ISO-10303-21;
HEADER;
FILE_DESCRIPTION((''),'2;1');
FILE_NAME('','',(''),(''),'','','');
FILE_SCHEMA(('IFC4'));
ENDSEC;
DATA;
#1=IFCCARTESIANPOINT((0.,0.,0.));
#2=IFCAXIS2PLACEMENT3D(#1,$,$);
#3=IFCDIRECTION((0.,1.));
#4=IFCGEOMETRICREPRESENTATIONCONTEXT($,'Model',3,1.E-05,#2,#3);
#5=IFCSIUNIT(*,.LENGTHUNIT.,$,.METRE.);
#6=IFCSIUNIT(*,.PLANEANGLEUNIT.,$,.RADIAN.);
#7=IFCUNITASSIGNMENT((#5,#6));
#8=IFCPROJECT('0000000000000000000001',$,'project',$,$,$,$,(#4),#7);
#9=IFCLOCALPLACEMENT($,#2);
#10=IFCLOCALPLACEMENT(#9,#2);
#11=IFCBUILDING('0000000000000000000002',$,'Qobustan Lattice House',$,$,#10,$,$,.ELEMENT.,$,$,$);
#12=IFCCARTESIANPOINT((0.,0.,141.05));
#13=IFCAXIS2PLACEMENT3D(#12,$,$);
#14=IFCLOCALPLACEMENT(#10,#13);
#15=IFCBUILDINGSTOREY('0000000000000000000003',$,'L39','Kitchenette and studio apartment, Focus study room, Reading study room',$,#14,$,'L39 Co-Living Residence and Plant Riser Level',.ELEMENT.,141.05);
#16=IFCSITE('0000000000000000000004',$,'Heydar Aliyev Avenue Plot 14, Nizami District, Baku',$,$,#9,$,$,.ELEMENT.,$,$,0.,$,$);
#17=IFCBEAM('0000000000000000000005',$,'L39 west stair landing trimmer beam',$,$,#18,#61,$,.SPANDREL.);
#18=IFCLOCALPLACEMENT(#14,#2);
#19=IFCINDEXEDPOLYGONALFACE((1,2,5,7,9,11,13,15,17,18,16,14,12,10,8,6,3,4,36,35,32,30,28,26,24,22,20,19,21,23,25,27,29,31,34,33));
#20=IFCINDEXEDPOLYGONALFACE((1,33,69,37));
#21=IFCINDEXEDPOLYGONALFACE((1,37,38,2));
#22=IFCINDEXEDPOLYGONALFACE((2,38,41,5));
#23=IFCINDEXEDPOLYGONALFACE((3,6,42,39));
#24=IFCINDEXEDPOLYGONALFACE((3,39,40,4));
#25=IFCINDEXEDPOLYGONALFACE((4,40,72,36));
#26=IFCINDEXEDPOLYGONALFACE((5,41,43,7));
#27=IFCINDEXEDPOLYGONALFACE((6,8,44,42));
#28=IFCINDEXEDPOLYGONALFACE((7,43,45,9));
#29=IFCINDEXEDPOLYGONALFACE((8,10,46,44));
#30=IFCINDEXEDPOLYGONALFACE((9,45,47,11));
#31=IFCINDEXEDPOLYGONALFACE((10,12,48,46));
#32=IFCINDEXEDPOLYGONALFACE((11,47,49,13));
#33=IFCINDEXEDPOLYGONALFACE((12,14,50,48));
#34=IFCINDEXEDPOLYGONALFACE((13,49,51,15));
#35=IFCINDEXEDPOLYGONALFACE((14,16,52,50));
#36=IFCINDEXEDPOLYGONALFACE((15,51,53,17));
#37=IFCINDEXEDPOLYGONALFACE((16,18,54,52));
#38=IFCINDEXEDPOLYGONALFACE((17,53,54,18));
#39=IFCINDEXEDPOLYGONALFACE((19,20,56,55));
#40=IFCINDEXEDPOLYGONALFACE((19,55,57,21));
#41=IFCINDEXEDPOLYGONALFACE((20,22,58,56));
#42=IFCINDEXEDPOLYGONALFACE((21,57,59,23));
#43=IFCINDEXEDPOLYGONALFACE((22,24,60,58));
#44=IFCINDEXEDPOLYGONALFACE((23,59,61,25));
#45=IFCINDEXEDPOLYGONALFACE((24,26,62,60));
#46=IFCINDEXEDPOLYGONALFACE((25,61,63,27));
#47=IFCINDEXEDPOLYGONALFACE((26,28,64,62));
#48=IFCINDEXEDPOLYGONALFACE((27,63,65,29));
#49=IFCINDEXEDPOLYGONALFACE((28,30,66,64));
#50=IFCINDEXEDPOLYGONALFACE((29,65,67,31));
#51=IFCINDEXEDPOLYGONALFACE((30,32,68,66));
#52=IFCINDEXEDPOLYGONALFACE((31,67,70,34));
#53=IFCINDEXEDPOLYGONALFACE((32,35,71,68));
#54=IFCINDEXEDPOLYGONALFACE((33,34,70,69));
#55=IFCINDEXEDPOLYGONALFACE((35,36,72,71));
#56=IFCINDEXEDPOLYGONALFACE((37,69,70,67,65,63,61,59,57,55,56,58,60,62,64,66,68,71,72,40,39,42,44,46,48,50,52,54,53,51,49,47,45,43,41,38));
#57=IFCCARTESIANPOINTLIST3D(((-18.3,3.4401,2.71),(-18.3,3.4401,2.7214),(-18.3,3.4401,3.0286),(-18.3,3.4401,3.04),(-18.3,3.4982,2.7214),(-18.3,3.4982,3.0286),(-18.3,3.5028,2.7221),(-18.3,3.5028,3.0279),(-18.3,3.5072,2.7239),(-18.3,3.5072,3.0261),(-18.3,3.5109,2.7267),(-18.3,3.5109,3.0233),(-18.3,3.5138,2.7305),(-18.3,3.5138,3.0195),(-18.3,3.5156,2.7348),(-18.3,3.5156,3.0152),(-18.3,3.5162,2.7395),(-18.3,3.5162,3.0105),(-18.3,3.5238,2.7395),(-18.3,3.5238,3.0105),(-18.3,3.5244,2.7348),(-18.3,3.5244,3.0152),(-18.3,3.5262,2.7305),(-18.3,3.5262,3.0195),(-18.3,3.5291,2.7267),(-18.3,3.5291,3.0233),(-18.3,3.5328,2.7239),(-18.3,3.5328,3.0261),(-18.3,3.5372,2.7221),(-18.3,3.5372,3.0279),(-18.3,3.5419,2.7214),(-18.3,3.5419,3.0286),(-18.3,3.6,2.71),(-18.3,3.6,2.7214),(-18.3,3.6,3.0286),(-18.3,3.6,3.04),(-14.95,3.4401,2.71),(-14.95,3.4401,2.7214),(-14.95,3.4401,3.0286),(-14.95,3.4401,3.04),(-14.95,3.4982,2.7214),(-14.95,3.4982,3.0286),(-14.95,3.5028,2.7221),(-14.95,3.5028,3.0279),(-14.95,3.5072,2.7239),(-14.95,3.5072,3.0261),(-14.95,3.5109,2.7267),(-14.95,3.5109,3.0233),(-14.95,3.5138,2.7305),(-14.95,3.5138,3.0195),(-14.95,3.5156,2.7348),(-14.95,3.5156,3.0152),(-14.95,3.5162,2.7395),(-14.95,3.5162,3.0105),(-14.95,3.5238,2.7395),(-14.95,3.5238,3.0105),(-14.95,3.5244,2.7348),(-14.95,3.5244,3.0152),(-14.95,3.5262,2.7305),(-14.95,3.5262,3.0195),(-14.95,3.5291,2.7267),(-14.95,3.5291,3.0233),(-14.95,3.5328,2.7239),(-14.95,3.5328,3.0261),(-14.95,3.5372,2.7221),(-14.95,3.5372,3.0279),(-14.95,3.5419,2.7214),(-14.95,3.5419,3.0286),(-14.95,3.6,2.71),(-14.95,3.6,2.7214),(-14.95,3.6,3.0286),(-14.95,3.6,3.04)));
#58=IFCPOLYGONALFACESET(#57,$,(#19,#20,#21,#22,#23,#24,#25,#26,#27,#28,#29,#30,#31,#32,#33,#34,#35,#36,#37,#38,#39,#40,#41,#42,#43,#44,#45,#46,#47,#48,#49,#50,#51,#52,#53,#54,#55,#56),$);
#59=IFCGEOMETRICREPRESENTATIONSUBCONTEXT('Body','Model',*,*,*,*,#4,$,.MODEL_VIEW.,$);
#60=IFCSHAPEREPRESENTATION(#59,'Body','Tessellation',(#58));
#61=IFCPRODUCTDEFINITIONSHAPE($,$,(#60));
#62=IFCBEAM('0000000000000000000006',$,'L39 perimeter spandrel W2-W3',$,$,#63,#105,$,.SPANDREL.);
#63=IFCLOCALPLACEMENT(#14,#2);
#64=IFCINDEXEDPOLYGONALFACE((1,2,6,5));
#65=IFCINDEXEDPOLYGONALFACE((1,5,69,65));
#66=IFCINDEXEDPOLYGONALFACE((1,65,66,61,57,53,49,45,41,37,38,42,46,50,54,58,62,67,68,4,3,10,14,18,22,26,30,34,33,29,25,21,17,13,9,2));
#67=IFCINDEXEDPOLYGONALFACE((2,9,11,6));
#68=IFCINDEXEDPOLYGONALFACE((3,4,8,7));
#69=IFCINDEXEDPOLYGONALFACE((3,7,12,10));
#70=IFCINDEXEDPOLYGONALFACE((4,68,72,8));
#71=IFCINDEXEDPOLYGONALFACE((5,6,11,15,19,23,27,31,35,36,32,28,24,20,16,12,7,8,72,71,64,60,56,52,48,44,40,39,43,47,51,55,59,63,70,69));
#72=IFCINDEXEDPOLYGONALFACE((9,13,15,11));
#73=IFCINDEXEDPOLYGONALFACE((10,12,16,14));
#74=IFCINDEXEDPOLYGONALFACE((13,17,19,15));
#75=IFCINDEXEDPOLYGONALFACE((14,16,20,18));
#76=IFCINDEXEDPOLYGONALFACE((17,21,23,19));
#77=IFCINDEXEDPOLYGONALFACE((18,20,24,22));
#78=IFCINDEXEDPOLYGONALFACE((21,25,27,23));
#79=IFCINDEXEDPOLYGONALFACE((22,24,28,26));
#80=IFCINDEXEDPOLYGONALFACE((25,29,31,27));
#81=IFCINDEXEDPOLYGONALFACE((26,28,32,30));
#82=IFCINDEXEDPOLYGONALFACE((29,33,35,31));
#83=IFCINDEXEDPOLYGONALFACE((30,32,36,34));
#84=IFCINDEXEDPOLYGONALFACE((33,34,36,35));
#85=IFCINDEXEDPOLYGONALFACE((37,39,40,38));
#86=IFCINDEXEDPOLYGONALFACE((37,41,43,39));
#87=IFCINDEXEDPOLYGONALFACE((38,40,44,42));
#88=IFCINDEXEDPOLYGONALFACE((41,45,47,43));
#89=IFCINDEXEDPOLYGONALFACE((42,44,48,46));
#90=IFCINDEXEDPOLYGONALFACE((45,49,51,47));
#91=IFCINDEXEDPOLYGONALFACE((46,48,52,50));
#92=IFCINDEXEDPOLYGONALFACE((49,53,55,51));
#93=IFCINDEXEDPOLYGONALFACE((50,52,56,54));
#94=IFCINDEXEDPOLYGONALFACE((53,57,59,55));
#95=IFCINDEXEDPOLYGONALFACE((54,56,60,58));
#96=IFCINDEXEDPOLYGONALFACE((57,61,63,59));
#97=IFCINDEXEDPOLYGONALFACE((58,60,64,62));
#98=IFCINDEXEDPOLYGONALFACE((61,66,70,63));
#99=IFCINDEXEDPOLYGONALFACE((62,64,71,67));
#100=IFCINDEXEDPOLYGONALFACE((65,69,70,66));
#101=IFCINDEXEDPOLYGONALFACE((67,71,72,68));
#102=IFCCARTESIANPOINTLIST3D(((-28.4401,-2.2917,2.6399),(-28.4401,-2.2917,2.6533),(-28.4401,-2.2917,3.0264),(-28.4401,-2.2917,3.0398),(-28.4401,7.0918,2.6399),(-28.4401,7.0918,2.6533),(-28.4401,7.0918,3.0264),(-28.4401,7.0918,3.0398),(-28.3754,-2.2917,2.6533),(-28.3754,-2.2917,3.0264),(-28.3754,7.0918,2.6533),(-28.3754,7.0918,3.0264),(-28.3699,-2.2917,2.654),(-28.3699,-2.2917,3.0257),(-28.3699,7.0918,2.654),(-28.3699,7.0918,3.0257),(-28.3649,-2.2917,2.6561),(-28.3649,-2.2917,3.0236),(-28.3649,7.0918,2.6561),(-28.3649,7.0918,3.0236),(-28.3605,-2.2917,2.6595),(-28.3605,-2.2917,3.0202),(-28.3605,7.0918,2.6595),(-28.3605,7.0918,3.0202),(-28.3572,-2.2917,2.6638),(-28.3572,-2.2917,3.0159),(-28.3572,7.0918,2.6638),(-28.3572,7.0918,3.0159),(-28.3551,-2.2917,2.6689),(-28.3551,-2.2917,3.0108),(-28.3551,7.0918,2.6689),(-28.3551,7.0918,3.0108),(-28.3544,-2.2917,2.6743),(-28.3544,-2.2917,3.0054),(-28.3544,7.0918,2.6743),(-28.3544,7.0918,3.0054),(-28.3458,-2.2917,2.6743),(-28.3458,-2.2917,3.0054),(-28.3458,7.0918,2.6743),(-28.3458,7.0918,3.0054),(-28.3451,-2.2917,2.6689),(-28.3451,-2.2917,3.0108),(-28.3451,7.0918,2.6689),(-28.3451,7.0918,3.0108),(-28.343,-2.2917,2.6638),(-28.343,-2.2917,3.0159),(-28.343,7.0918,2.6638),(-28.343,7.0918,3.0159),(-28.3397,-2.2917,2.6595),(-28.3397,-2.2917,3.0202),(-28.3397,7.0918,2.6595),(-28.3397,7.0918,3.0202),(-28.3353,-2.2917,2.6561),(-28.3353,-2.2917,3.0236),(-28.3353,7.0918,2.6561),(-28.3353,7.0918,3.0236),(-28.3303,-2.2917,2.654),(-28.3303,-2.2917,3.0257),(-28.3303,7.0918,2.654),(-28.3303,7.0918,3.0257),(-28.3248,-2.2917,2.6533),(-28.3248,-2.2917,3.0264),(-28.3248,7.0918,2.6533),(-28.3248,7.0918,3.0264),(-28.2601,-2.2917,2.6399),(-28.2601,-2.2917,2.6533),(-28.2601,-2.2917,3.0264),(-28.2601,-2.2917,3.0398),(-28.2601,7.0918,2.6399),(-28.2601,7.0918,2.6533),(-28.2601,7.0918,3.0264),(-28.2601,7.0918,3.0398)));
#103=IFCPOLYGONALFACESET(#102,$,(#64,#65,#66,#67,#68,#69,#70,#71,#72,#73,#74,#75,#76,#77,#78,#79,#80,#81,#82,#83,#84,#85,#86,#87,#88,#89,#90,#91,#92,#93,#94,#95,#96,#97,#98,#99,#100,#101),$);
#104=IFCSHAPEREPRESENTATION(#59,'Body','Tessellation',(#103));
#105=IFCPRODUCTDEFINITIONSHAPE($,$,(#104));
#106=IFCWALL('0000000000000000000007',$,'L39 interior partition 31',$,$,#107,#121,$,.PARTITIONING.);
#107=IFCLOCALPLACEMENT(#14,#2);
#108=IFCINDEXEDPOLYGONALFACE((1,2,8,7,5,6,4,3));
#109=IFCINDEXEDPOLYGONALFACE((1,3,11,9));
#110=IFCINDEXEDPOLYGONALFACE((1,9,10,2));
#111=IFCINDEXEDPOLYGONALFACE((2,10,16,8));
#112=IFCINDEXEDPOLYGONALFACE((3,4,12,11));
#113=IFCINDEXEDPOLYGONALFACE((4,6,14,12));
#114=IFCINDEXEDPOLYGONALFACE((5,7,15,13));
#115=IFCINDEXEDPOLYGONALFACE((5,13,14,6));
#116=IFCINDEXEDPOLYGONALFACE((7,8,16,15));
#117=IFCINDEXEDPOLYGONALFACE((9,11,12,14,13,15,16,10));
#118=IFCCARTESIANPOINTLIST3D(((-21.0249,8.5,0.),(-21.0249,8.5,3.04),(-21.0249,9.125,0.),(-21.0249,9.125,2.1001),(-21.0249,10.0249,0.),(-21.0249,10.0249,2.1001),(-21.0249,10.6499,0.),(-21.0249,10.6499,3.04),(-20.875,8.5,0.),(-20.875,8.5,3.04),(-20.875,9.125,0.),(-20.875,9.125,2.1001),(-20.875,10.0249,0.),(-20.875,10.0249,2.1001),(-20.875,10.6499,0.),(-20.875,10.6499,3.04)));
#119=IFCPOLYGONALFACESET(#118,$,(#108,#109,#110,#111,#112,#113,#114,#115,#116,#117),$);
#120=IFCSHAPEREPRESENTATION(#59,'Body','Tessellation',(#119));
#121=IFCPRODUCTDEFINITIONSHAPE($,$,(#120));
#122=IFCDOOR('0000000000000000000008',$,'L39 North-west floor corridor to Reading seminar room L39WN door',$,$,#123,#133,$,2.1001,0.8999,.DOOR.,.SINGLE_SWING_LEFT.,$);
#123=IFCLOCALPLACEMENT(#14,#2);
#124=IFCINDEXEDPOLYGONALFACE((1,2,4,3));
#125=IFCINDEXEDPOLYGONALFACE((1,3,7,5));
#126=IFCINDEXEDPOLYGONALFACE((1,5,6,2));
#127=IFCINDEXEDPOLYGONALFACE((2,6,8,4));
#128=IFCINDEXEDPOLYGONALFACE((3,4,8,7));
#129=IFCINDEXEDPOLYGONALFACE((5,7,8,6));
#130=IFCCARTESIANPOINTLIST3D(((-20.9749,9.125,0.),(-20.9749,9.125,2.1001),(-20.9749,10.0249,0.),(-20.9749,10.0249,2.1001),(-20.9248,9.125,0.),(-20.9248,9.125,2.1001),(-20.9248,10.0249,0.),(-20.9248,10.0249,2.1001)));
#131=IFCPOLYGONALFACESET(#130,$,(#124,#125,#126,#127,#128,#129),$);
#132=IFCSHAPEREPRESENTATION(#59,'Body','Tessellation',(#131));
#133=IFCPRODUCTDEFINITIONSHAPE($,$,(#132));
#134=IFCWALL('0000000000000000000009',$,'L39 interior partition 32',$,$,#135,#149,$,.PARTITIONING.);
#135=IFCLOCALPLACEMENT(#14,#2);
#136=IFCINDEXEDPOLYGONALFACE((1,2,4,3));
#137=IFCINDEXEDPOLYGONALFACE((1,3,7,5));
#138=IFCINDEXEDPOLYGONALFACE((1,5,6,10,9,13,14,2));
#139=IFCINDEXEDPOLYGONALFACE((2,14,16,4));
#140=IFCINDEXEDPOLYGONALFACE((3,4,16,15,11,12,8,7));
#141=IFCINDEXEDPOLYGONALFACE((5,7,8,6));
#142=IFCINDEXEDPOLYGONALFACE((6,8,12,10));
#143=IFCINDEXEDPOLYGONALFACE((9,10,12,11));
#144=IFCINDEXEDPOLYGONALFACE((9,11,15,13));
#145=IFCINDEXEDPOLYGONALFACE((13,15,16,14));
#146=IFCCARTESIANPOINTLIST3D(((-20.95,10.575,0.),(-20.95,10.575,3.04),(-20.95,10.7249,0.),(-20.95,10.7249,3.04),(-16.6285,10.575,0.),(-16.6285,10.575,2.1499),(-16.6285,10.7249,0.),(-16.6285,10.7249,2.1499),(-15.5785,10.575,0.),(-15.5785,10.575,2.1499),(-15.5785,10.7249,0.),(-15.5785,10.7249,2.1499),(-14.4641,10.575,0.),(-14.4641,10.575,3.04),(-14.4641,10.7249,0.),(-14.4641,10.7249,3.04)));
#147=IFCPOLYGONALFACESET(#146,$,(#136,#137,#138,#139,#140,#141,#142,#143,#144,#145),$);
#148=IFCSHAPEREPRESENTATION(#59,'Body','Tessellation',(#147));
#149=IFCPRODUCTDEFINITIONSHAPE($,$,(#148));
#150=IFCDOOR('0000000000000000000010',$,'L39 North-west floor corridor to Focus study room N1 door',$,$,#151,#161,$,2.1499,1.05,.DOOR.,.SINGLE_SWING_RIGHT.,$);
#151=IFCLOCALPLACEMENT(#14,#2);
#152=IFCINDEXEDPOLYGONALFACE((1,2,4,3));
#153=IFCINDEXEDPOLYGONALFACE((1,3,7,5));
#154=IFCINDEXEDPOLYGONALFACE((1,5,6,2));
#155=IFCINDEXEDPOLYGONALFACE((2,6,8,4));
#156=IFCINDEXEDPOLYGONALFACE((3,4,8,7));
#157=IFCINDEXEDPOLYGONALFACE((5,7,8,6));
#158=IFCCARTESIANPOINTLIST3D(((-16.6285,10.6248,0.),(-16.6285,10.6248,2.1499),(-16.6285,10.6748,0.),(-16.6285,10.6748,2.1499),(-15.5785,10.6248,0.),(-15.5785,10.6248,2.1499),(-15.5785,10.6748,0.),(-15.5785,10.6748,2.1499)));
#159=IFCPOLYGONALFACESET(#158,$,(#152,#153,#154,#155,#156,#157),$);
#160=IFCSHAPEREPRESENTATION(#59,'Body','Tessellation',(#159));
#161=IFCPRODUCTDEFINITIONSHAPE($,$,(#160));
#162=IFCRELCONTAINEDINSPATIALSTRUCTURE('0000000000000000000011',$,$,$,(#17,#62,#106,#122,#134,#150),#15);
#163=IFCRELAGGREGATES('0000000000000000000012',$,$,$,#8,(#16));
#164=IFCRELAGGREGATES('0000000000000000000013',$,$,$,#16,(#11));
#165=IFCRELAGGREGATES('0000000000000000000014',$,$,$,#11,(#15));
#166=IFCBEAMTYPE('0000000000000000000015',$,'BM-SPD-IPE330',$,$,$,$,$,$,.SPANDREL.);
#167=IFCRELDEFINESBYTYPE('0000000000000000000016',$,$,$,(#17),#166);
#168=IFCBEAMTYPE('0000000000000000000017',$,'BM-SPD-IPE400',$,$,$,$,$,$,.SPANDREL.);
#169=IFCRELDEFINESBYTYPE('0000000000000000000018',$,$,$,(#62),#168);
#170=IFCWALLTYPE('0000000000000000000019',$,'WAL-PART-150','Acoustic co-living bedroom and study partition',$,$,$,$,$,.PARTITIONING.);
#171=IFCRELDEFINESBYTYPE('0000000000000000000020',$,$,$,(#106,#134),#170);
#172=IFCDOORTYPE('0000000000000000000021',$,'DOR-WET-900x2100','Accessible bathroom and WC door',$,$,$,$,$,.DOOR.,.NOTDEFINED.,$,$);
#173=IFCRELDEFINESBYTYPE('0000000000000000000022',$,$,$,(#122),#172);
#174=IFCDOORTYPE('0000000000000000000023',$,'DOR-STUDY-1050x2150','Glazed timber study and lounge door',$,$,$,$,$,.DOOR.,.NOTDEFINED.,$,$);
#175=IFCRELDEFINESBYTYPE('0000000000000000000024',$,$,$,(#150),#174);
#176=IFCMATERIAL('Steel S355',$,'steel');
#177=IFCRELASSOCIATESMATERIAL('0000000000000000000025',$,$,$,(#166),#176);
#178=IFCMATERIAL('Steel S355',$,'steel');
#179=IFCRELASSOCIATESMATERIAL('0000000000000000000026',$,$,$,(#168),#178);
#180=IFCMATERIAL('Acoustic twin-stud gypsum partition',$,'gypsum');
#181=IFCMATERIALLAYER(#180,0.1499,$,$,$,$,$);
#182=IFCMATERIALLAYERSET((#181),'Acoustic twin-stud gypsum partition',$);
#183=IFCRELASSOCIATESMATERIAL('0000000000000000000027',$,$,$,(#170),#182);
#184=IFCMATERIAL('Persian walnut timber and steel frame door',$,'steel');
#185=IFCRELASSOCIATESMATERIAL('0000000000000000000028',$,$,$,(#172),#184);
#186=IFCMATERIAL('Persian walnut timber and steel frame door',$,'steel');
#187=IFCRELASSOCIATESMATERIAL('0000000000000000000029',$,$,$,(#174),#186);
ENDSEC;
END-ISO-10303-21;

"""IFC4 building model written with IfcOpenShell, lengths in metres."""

from ifc_helpers import new_model, si_unit, direction, frame, frame_2d, origin, origin_2d, place, context, subcontext, project, spatial, rectangle, i_section, extrude, material, layer, layer_set, material_profile, profile_set, type_object, element, fill, save


model = new_model("IFC4")

# Units and contexts
model_context = context("Model", 3, precision=1e-05, world=origin(), true_north=direction((0.0, 1.0)))
body_context = subcontext(model_context, "Body", "Model", "MODEL_VIEW")
ifc_project = project(units=[si_unit("LENGTHUNIT", "METRE"), si_unit("PLANEANGLEUNIT", "RADIAN")], contexts=[model_context])

# Site, building, storey
site_placement = place(None, origin())
site = spatial("IfcSite", under=ifc_project, at=site_placement, Name="Heydar Aliyev Avenue Plot 14, Nizami District, Baku", CompositionType="ELEMENT", RefElevation=0.0)
building_placement = place(site_placement, origin())
building = spatial("IfcBuilding", under=site, at=building_placement, Name="Qobustan Lattice House", CompositionType="ELEMENT")
storey_placement = place(building_placement, frame((0.0, 0.0, 141.05)))
storey = spatial("IfcBuildingStorey", under=building, at=storey_placement, Name="L39", Description="Kitchenette and studio apartment, Focus study room, Reading study room", LongName="L39 Co-Living Residence and Plant Riser Level", CompositionType="ELEMENT", Elevation=141.05)

# Beams
ifc_material_1 = material(Name="Steel S355", Category="steel")
ifc_material_profile_1 = material_profile(ifc_material_1, i_section(OverallWidth=0.1599, OverallDepth=0.3301, WebThickness=0.0076, FlangeThickness=0.0115, FilletRadius=0.0181, at=origin_2d()), Name="IPE330")
ifc_profile_set_1 = profile_set([ifc_material_profile_1], Name="Steel S355")
beam_type_1 = type_object("IfcBeamType", Name="BM-SPD-IPE330", PredefinedType="SPANDREL", material=ifc_profile_set_1)
beam_1_placement = place(storey_placement, frame((-18.3, 3.52, 2.875), z_axis=(1.0, 0.0, 0.0), x_axis=(0.0, 1.0, 0.0)))
element("IfcBeam", 1, at=beam_1_placement, inside=storey, type_object=beam_type_1, Name="L39 west stair landing trimmer beam", PredefinedType="SPANDREL", context=body_context, shape_type="SweptSolid", body=[
    extrude(i_section(OverallWidth=0.1599, OverallDepth=0.3301, WebThickness=0.0076, FlangeThickness=0.0115, FilletRadius=0.0181, at=origin_2d()), origin(), (0.0, 0.0, 1.0), 3.3501),
])
ifc_material_2 = material(Name="Steel S355", Category="steel")
ifc_material_profile_2 = material_profile(ifc_material_2, i_section(OverallWidth=0.1799, OverallDepth=0.3999, WebThickness=0.0085, FlangeThickness=0.0134, FilletRadius=0.021, at=origin_2d()), Name="IPE400")
ifc_profile_set_2 = profile_set([ifc_material_profile_2], Name="Steel S355")
beam_type_2 = type_object("IfcBeamType", Name="BM-SPD-IPE400", PredefinedType="SPANDREL", material=ifc_profile_set_2)
beam_2_placement = place(storey_placement, frame((-28.3501, 7.0918, 2.8398), z_axis=(0.0, -1.0, 0.0), x_axis=(1.0, 0.0, 0.0)))
element("IfcBeam", 2, at=beam_2_placement, inside=storey, type_object=beam_type_2, Name="L39 perimeter spandrel W2-W3", PredefinedType="SPANDREL", context=body_context, shape_type="SweptSolid", body=[
    extrude(i_section(OverallWidth=0.1799, OverallDepth=0.3999, WebThickness=0.0085, FlangeThickness=0.0134, FilletRadius=0.021, at=origin_2d()), origin(), (0.0, 0.0, 1.0), 9.3835),
])

# Walls, openings, doors
ifc_material_3 = material(Name="Acoustic twin-stud gypsum partition", Category="gypsum")
ifc_layer_1 = layer(ifc_material_3, 0.1499)
ifc_layer_set_1 = layer_set([ifc_layer_1], Name="Acoustic twin-stud gypsum partition")
wall_type_1 = type_object("IfcWallType", Name="WAL-PART-150", Description="Acoustic co-living bedroom and study partition", PredefinedType="PARTITIONING", material=ifc_layer_set_1)
wall_1_placement = place(storey_placement, frame((-20.95, 8.5, 0.0), z_axis=(0.0, 0.0, 1.0), x_axis=(0.0, 1.0, 0.0)))
wall_1 = element("IfcWall", 3, at=wall_1_placement, inside=storey, type_object=wall_type_1, Name="L39 interior partition 31", PredefinedType="PARTITIONING", context=body_context, shape_type="SweptSolid", body=[
    extrude(rectangle(XDim=2.1499, YDim=0.1499, at=frame_2d((1.075, 0.0))), origin(), (0.0, 0.0, 1.0), 3.04),
])
opening_1_placement = place(wall_1_placement, frame((0.625, 0.0, 0.0)))
opening_1 = element("IfcOpeningElement", 4, at=opening_1_placement, cuts=wall_1, PredefinedType="OPENING", context=body_context, shape_type="SweptSolid", body=[
    extrude(rectangle(XDim=0.8999, YDim=2.1001, at=frame_2d((0.45, 1.05))), frame((0.0, 0.085, 0.0), z_axis=(0.0, -1.0, 0.0), x_axis=(1.0, 0.0, 0.0)), (0.0, 0.0, 1.0), 0.1699),
])
ifc_material_4 = material(Name="Persian walnut timber and steel frame door", Category="steel")
door_type_1 = type_object("IfcDoorType", Name="DOR-WET-900x2100", Description="Accessible bathroom and WC door", OperationType="NOTDEFINED", PredefinedType="DOOR", material=ifc_material_4)
door_1_placement = place(opening_1_placement, origin())
door_1 = element("IfcDoor", 5, at=door_1_placement, inside=storey, type_object=door_type_1, Name="L39 North-west floor corridor to Reading seminar room L39WN door", OperationType="SINGLE_SWING_LEFT", OverallHeight=2.1001, OverallWidth=0.8999, PredefinedType="DOOR", context=body_context, shape_type="SweptSolid", body=[
    extrude(rectangle(XDim=0.8999, YDim=2.1001, at=frame_2d((0.45, 1.05))), frame((0.0, 0.0249, 0.0), z_axis=(0.0, -1.0, 0.0), x_axis=(1.0, 0.0, 0.0)), (0.0, 0.0, 1.0), 0.05),
])
fill(opening_1, door_1)
wall_2_placement = place(storey_placement, frame((-20.95, 10.6499, 0.0), z_axis=(0.0, 0.0, 1.0), x_axis=(1.0, 0.0, 0.0)))
wall_2 = element("IfcWall", 6, at=wall_2_placement, inside=storey, type_object=wall_type_1, Name="L39 interior partition 32", PredefinedType="PARTITIONING", context=body_context, shape_type="SweptSolid", body=[
    extrude(rectangle(XDim=6.4858, YDim=0.1499, at=frame_2d((3.2429, 0.0))), origin(), (0.0, 0.0, 1.0), 3.04),
])
opening_2_placement = place(wall_2_placement, frame((4.3215, 0.0, 0.0)))
opening_2 = element("IfcOpeningElement", 7, at=opening_2_placement, cuts=wall_2, PredefinedType="OPENING", context=body_context, shape_type="SweptSolid", body=[
    extrude(rectangle(XDim=1.05, YDim=2.1499, at=frame_2d((0.5249, 1.075))), frame((0.0, 0.085, 0.0), z_axis=(0.0, -1.0, 0.0), x_axis=(1.0, 0.0, 0.0)), (0.0, 0.0, 1.0), 0.1699),
])
ifc_material_5 = material(Name="Persian walnut timber and steel frame door", Category="steel")
door_type_2 = type_object("IfcDoorType", Name="DOR-STUDY-1050x2150", Description="Glazed timber study and lounge door", OperationType="NOTDEFINED", PredefinedType="DOOR", material=ifc_material_5)
door_2_placement = place(opening_2_placement, origin())
door_2 = element("IfcDoor", 8, at=door_2_placement, inside=storey, type_object=door_type_2, Name="L39 North-west floor corridor to Focus study room N1 door", OperationType="SINGLE_SWING_RIGHT", OverallHeight=2.1499, OverallWidth=1.05, PredefinedType="DOOR", context=body_context, shape_type="SweptSolid", body=[
    extrude(rectangle(XDim=1.05, YDim=2.1499, at=frame_2d((0.5249, 1.075))), frame((0.0, 0.0249, 0.0), z_axis=(0.0, -1.0, 0.0), x_axis=(1.0, 0.0, 0.0)), (0.0, 0.0, 1.0), 0.05),
])
fill(opening_2, door_2)

save(model, "model.ifc")
